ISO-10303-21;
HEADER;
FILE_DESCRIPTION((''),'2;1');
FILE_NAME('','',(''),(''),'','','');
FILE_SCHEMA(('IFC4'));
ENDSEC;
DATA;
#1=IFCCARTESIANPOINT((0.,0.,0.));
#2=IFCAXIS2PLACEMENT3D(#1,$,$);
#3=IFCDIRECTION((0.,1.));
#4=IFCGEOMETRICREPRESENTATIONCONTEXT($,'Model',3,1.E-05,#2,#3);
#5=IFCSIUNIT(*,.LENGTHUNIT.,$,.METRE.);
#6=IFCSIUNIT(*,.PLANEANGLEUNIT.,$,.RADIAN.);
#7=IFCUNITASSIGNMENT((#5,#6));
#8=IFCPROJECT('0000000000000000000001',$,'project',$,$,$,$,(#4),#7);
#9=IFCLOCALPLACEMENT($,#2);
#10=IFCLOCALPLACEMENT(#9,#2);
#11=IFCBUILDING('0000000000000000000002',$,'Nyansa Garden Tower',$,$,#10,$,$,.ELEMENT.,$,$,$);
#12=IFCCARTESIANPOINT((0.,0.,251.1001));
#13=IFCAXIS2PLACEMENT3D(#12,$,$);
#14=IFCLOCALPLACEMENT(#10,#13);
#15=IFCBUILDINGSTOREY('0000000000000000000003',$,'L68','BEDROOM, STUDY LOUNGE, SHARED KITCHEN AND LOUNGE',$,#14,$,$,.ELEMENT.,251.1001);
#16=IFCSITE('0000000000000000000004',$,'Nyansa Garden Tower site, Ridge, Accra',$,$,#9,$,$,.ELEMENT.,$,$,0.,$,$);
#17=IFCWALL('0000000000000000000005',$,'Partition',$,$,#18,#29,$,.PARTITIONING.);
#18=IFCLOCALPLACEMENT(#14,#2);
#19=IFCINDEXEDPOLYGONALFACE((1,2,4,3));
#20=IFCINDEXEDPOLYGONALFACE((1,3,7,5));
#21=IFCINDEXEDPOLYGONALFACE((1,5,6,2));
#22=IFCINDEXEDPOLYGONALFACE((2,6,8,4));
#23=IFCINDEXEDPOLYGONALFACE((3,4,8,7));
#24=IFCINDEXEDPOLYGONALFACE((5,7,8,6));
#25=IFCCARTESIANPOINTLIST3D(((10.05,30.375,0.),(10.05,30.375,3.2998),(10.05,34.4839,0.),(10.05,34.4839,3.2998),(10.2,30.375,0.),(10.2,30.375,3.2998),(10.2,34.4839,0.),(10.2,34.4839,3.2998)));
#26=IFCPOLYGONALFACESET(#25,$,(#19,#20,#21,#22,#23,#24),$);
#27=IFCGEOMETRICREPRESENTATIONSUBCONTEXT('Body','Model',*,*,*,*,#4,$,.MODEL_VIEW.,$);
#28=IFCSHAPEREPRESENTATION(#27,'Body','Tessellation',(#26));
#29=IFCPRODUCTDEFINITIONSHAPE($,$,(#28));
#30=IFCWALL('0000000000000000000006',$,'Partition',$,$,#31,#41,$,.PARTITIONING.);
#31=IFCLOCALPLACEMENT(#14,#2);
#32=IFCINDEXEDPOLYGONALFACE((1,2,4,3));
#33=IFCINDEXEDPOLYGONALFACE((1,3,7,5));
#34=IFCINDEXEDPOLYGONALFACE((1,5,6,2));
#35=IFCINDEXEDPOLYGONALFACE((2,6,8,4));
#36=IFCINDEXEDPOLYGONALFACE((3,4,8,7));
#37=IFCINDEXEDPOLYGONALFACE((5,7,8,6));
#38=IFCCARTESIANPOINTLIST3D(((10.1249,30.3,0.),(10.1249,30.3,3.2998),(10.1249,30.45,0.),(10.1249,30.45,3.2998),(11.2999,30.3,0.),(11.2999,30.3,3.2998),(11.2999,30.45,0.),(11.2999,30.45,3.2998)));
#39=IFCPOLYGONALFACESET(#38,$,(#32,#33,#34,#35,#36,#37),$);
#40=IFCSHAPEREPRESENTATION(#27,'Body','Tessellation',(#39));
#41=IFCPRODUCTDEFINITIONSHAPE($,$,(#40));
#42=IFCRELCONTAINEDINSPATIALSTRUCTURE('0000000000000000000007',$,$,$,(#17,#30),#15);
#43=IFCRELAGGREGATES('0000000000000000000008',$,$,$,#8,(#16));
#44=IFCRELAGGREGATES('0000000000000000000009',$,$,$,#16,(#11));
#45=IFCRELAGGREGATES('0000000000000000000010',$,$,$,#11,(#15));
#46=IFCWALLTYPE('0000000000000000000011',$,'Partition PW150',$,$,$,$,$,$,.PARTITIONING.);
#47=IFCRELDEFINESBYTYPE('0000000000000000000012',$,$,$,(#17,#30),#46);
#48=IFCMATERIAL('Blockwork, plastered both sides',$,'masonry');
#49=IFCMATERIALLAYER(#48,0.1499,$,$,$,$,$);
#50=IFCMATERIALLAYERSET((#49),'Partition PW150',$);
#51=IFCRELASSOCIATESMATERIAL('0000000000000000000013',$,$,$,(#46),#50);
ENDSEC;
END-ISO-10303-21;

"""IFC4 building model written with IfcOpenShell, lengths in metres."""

from ifc_helpers import new_model, si_unit, direction, frame, frame_2d, origin, place, context, subcontext, project, spatial, rectangle, extrude, material, layer, layer_set, type_object, element, save


model = new_model("IFC4")

# Units and contexts
model_context = context("Model", 3, precision=1e-05, world=origin(), true_north=direction((0.0, 1.0)))
body_context = subcontext(model_context, "Body", "Model", "MODEL_VIEW")
ifc_project = project(units=[si_unit("LENGTHUNIT", "METRE"), si_unit("PLANEANGLEUNIT", "RADIAN")], contexts=[model_context])

# Site, building, storey
site_placement = place(None, origin())
site = spatial("IfcSite", under=ifc_project, at=site_placement, Name="Nyansa Garden Tower site, Ridge, Accra", CompositionType="ELEMENT", RefElevation=0.0)
building_placement = place(site_placement, origin())
building = spatial("IfcBuilding", under=site, at=building_placement, Name="Nyansa Garden Tower", CompositionType="ELEMENT")
storey_placement = place(building_placement, frame((0.0, 0.0, 251.1001)))
storey = spatial("IfcBuildingStorey", under=building, at=storey_placement, Name="L68", Description="BEDROOM, STUDY LOUNGE, SHARED KITCHEN AND LOUNGE", CompositionType="ELEMENT", Elevation=251.1001)

# Walls
ifc_material_1 = material(Name="Blockwork, plastered both sides", Category="masonry")
ifc_layer_1 = layer(ifc_material_1, 0.1499)
ifc_layer_set_1 = layer_set([ifc_layer_1], Name="Partition PW150")
wall_type_1 = type_object("IfcWallType", Name="Partition PW150", PredefinedType="PARTITIONING", material=ifc_layer_set_1)
wall_1_placement = place(storey_placement, frame((10.125, 30.375, 0.0), z_axis=(0.0, 0.0, 1.0), x_axis=(0.0, 1.0, 0.0)))
element("IfcWall", 1, at=wall_1_placement, inside=storey, type_object=wall_type_1, Name="Partition", PredefinedType="PARTITIONING", context=body_context, shape_type="SweptSolid", body=[
    extrude(rectangle(XDim=4.1089, YDim=0.1499, at=frame_2d((2.0544, 0.0))), origin(), (0.0, 0.0, 1.0), 3.2998),
])
wall_2_placement = place(storey_placement, frame((10.125, 30.375, 0.0), z_axis=(0.0, 0.0, 1.0), x_axis=(1.0, 0.0, 0.0)))
element("IfcWall", 2, at=wall_2_placement, inside=storey, type_object=wall_type_1, Name="Partition", PredefinedType="PARTITIONING", context=body_context, shape_type="SweptSolid", body=[
    extrude(rectangle(XDim=1.175, YDim=0.1499, at=frame_2d((0.5874, 0.0))), origin(), (0.0, 0.0, 1.0), 3.2998),
])

save(model, "model.ifc")
